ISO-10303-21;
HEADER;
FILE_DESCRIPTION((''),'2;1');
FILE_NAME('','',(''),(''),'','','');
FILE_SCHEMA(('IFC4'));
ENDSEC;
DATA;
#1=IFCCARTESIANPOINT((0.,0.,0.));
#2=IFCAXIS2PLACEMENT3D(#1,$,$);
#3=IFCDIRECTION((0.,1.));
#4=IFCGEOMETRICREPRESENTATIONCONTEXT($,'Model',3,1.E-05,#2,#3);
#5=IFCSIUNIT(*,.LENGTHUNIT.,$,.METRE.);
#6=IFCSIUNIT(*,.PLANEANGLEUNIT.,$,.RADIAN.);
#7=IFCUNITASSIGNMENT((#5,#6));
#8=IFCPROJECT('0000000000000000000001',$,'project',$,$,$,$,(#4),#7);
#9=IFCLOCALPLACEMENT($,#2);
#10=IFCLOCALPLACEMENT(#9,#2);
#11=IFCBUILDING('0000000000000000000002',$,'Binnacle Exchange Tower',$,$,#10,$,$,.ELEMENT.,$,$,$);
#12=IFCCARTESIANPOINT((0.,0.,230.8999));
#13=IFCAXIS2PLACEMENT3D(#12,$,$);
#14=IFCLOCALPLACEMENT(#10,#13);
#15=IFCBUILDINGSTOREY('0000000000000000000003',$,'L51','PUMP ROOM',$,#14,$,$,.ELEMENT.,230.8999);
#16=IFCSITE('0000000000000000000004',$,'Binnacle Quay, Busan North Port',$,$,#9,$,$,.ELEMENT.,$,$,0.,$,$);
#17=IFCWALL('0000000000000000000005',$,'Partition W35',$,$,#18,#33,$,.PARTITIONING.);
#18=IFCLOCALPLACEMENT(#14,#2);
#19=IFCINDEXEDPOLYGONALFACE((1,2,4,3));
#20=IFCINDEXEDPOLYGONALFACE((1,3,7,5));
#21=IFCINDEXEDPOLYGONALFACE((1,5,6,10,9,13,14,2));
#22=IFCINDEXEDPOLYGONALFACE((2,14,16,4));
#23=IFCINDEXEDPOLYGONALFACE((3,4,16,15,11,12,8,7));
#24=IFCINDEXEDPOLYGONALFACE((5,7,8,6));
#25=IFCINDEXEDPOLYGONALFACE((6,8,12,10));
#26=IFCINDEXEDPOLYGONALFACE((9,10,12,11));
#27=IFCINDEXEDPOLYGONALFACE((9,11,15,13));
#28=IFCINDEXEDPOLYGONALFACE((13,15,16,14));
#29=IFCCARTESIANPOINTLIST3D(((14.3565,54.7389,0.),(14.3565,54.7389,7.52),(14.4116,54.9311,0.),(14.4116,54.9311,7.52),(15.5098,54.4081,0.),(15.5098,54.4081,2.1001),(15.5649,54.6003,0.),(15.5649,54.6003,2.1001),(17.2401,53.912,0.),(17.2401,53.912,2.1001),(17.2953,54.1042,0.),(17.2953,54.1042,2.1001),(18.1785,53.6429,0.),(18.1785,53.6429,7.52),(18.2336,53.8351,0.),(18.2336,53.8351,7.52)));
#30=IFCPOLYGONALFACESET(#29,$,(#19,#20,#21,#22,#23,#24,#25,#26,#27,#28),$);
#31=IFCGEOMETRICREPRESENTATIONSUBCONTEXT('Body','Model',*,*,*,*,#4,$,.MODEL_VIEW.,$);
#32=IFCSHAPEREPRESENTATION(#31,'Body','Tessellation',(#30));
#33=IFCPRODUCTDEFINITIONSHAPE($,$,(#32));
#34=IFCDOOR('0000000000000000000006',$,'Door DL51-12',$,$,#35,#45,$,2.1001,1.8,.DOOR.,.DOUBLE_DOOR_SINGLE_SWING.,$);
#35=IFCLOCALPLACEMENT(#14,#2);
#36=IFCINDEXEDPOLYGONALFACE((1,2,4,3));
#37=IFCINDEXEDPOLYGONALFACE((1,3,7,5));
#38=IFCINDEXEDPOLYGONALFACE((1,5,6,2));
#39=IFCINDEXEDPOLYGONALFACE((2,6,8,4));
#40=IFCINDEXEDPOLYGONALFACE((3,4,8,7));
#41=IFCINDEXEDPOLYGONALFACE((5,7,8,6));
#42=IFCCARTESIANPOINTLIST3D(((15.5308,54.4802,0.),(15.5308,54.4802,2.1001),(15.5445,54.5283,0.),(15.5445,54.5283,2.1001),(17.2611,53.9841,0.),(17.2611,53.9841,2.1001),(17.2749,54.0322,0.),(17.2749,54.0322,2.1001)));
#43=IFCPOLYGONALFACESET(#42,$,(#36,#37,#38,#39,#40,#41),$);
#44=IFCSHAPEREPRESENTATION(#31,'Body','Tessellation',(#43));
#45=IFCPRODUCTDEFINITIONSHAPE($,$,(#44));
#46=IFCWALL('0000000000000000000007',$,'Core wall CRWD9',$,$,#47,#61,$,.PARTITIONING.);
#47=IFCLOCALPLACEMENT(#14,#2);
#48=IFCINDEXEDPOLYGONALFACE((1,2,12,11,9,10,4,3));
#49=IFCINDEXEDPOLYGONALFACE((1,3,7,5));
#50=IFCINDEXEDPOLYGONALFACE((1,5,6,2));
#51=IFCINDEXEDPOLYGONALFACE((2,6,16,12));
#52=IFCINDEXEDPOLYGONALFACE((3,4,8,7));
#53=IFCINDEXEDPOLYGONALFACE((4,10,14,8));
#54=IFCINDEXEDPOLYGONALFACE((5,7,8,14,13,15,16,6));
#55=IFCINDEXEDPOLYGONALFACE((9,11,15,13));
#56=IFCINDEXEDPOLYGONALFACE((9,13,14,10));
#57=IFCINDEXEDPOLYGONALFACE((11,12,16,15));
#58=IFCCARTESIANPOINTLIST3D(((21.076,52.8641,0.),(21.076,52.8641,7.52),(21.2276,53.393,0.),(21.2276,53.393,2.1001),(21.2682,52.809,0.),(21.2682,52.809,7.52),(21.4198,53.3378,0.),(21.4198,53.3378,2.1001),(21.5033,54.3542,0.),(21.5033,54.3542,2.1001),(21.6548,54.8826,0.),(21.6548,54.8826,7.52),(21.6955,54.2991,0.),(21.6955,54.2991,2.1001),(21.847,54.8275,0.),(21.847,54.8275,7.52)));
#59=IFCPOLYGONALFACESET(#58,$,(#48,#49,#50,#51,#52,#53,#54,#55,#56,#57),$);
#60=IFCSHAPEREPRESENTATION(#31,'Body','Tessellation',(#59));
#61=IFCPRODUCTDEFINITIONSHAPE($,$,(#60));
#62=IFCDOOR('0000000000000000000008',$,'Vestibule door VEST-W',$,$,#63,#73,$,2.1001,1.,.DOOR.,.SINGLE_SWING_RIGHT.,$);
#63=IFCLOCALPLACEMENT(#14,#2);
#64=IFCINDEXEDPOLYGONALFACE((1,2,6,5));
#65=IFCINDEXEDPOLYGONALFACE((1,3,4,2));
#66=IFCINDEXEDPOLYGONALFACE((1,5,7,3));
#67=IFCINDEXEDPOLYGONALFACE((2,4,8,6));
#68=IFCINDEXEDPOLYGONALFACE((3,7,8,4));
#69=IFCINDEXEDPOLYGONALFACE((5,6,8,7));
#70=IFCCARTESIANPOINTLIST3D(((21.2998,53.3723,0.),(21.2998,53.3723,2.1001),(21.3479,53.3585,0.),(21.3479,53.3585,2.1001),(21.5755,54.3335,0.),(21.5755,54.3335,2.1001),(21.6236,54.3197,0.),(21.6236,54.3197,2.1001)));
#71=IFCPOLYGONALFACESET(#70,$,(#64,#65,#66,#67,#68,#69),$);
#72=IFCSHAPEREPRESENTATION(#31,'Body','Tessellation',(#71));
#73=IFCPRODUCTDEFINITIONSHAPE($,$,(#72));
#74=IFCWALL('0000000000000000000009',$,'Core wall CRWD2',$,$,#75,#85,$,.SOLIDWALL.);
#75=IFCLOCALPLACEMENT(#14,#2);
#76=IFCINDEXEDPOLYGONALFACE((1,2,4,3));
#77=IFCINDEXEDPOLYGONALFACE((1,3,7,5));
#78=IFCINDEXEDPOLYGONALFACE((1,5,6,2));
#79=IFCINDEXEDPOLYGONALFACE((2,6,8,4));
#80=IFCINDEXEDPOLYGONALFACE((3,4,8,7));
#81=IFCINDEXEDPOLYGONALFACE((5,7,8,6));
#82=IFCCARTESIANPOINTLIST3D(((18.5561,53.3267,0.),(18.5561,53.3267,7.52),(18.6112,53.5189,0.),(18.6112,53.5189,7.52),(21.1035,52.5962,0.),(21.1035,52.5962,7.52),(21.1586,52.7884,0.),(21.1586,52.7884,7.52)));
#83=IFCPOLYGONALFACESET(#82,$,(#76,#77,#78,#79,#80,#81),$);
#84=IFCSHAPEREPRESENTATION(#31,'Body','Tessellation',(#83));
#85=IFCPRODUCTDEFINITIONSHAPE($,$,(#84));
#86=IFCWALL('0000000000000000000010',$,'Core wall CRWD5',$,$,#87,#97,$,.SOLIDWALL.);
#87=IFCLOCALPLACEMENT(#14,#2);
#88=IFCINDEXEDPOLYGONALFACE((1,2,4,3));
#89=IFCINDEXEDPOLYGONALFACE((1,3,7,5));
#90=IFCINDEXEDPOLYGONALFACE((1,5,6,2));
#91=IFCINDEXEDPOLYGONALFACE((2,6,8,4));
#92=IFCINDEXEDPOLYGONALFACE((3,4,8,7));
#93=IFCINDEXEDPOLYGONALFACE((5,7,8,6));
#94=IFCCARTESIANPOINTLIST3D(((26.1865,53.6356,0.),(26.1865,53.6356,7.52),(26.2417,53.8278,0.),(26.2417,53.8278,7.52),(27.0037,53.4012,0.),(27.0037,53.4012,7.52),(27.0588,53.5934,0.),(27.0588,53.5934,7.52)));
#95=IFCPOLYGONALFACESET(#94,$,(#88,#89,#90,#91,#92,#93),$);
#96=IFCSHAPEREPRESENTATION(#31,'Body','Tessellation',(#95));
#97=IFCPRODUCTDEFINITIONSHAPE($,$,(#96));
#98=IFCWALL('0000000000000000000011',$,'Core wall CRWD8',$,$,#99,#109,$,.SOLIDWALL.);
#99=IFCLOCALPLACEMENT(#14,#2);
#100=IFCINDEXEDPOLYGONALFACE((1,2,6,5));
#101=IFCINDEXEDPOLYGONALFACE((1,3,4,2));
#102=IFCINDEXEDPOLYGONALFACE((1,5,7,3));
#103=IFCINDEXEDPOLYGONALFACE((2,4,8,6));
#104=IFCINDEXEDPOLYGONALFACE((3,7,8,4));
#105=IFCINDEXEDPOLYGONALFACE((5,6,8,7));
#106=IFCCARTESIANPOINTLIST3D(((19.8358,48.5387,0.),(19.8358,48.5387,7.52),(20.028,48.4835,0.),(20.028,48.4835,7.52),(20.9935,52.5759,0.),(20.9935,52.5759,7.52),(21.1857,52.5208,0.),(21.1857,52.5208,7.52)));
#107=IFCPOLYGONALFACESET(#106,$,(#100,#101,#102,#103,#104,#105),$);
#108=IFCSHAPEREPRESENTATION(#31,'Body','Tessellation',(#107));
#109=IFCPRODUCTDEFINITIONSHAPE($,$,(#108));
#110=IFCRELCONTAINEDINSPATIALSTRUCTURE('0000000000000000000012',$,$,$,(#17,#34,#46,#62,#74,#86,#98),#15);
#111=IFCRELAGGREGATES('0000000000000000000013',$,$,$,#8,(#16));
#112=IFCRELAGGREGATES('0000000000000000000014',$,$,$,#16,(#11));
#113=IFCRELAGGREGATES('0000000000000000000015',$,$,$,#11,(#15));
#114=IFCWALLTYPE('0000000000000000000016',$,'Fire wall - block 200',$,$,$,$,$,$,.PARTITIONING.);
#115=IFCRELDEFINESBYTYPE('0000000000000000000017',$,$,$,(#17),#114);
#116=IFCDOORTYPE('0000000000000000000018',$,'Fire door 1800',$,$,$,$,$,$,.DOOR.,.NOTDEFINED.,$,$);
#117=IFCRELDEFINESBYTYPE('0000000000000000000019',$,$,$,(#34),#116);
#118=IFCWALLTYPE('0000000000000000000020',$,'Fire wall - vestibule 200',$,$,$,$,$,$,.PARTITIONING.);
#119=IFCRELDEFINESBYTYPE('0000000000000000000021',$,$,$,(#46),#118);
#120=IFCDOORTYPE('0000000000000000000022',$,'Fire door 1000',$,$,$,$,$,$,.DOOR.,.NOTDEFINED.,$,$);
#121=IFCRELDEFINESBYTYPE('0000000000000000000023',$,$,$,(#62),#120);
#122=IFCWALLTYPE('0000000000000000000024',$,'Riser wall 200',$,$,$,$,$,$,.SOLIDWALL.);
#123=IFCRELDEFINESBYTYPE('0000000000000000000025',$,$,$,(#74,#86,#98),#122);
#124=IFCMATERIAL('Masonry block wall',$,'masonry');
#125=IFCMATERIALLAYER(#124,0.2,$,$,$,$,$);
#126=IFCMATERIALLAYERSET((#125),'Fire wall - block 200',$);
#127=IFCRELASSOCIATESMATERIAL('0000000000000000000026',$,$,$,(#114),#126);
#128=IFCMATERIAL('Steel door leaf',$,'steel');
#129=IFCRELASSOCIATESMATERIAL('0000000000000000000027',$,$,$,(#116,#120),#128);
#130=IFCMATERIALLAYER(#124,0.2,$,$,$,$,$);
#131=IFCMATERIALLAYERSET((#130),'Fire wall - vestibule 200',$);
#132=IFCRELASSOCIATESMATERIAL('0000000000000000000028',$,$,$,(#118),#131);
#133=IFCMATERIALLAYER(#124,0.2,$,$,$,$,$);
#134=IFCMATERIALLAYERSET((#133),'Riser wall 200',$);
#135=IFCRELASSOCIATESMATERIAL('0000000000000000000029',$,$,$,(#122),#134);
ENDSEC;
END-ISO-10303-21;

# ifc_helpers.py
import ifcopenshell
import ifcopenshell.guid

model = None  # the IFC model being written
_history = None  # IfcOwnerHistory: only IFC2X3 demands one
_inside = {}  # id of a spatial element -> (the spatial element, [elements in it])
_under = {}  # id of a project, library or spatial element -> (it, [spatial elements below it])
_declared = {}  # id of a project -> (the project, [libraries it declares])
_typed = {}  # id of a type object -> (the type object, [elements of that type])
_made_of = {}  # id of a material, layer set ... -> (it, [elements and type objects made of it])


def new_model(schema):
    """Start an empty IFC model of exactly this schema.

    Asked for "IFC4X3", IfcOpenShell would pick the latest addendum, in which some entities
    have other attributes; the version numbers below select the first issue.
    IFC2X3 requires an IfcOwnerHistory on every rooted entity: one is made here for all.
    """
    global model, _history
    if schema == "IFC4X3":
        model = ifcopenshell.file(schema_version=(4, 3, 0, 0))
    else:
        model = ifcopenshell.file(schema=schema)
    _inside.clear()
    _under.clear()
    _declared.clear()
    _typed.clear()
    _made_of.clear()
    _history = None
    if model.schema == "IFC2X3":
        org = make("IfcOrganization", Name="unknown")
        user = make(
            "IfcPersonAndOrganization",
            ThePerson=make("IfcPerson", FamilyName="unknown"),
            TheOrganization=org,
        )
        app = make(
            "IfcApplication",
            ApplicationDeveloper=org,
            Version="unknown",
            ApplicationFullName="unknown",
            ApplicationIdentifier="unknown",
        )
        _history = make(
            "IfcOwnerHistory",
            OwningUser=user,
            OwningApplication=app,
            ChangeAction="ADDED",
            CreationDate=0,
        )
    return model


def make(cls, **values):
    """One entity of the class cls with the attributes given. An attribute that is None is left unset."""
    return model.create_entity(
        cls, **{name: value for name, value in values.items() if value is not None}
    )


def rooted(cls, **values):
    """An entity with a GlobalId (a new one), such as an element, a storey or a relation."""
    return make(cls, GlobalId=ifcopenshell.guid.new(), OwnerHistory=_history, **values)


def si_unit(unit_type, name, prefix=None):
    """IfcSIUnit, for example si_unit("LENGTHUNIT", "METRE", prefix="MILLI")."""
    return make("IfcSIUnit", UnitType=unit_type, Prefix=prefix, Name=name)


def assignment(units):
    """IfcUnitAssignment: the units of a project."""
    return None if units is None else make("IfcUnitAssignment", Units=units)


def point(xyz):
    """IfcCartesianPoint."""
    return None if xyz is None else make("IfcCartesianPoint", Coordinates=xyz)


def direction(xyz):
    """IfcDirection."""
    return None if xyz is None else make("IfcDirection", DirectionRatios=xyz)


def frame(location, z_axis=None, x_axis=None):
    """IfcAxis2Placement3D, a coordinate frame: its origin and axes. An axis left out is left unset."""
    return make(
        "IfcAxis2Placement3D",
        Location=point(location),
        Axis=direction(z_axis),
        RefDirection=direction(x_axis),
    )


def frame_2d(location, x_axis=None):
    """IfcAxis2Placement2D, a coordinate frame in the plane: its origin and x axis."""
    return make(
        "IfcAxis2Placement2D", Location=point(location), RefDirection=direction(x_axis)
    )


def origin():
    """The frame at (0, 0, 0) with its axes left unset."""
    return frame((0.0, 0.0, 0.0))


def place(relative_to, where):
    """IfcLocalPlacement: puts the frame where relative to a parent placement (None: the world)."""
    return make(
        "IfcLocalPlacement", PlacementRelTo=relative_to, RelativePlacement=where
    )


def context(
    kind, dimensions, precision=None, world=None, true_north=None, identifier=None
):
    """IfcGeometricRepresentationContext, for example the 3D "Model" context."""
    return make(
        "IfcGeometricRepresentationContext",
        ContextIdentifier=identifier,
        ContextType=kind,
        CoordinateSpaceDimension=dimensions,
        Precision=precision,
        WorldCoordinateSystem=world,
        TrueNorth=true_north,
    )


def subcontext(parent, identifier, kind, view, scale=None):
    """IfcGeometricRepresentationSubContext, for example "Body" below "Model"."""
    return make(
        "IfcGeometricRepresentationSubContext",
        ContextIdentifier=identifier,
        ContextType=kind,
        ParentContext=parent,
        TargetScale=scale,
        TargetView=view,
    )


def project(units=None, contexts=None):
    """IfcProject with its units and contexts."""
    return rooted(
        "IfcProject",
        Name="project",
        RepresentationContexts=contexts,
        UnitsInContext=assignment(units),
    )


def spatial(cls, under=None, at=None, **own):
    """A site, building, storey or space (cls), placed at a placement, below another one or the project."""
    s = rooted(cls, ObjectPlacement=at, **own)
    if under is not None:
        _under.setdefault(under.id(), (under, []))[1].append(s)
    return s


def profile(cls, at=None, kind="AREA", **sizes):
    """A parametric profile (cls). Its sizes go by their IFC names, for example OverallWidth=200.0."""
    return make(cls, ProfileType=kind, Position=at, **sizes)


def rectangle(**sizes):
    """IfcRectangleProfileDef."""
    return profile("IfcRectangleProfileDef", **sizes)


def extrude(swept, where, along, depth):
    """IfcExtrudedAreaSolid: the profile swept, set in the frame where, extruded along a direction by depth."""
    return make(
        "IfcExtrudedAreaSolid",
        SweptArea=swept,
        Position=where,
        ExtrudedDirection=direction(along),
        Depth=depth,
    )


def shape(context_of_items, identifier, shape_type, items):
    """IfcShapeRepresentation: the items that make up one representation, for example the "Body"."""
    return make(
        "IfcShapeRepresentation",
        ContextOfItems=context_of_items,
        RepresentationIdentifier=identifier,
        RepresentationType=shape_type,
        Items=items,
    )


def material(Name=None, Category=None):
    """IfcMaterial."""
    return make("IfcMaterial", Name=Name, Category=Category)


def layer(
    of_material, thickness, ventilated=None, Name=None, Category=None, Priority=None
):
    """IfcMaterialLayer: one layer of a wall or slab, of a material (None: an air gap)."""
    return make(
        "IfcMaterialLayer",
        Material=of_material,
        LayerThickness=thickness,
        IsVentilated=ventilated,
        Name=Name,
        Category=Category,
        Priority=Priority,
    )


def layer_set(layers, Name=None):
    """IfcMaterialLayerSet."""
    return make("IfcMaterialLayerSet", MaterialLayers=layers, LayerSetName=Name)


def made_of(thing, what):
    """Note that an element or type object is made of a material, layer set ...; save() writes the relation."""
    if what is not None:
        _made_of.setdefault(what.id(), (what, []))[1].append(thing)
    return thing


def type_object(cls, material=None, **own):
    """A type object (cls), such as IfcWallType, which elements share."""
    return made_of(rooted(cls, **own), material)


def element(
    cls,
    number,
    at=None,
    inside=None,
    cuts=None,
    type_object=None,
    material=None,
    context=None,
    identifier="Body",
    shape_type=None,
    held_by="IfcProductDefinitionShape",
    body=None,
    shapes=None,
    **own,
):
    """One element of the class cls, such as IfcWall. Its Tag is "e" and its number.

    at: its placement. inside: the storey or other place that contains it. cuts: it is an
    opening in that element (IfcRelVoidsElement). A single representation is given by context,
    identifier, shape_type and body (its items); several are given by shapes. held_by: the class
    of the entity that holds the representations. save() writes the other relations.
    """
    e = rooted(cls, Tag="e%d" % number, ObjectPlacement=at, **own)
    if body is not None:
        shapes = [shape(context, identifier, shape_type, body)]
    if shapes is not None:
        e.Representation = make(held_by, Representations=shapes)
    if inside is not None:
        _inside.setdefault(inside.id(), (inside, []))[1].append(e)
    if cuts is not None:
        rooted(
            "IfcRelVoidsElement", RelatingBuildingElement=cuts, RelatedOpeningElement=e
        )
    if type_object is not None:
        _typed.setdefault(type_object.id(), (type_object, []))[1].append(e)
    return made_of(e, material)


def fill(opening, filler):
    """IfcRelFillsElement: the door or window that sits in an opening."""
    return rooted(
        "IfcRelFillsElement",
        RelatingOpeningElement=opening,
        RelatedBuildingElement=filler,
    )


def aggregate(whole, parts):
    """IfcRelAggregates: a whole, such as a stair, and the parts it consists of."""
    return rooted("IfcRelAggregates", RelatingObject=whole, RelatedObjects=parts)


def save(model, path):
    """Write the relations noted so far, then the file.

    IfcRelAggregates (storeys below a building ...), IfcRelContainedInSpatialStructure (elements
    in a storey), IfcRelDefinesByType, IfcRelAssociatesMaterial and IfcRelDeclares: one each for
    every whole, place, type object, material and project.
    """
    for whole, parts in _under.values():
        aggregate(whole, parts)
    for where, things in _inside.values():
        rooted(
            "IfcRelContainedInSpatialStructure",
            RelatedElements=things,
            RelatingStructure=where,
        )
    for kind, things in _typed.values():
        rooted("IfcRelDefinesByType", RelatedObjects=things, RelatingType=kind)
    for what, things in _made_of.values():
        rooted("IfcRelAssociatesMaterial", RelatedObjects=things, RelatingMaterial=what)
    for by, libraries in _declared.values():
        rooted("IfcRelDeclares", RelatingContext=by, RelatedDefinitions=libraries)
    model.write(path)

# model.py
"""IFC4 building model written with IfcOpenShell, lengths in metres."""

from ifc_helpers import new_model, si_unit, direction, frame, frame_2d, origin, place, context, subcontext, project, spatial, rectangle, extrude, material, layer, layer_set, type_object, element, fill, save


model = new_model("IFC4")

# Units and contexts
model_context = context("Model", 3, precision=1e-05, world=origin(), true_north=direction((0.0, 1.0)))
body_context = subcontext(model_context, "Body", "Model", "MODEL_VIEW")
ifc_project = project(units=[si_unit("LENGTHUNIT", "METRE"), si_unit("PLANEANGLEUNIT", "RADIAN")], contexts=[model_context])

# Site, building, storey
site_placement = place(None, origin())
site = spatial("IfcSite", under=ifc_project, at=site_placement, Name="Binnacle Quay, Busan North Port", CompositionType="ELEMENT", RefElevation=0.0)
building_placement = place(site_placement, origin())
building = spatial("IfcBuilding", under=site, at=building_placement, Name="Binnacle Exchange Tower", CompositionType="ELEMENT")
storey_placement = place(building_placement, frame((0.0, 0.0, 230.8999)))
storey = spatial("IfcBuildingStorey", under=building, at=storey_placement, Name="L51", Description="PUMP ROOM", CompositionType="ELEMENT", Elevation=230.8999)

# Shared definitions
ifc_material_1 = material(Name="Steel door leaf", Category="steel")

# Walls, openings, doors
ifc_material_2 = material(Name="Masonry block wall", Category="masonry")
ifc_layer_1 = layer(ifc_material_2, 0.2)
ifc_layer_set_1 = layer_set([ifc_layer_1], Name="Fire wall - block 200")
wall_type_1 = type_object("IfcWallType", Name="Fire wall - block 200", PredefinedType="PARTITIONING", material=ifc_layer_set_1)
wall_1_placement = place(storey_placement, frame((14.384, 54.835, 0.0), z_axis=(0.0, 0.0, 1.0), x_axis=(0.961262, -0.275637, 0.0)))
wall_1 = element("IfcWall", 1, at=wall_1_placement, inside=storey, type_object=wall_type_1, Name="Partition W35", PredefinedType="PARTITIONING", context=body_context, shape_type="SweptSolid", body=[
    extrude(rectangle(XDim=3.9761, YDim=0.2, at=frame_2d((1.988, 0.0))), origin(), (0.0, 0.0, 1.0), 7.52),
])
opening_1_placement = place(wall_1_placement, frame((1.2, 0.0, 0.0)))
opening_1 = element("IfcOpeningElement", 2, at=opening_1_placement, cuts=wall_1, PredefinedType="OPENING", context=body_context, shape_type="SweptSolid", body=[
    extrude(rectangle(XDim=1.8, YDim=2.1001, at=frame_2d((0.8999, 1.05))), frame((0.0, 0.1099, 0.0), z_axis=(0.0, -1.0, 0.0), x_axis=(1.0, 0.0, 0.0)), (0.0, 0.0, 1.0), 0.22),
])
door_type_1 = type_object("IfcDoorType", Name="Fire door 1800", OperationType="NOTDEFINED", PredefinedType="DOOR", material=ifc_material_1)
door_1_placement = place(opening_1_placement, frame((1.8, 0.0, 0.0), z_axis=(0.0, 0.0, 1.0), x_axis=(-1.0, 0.0, 0.0)))
door_1 = element("IfcDoor", 3, at=door_1_placement, inside=storey, type_object=door_type_1, Name="Door DL51-12", OperationType="DOUBLE_DOOR_SINGLE_SWING", OverallHeight=2.1001, OverallWidth=1.8, PredefinedType="DOOR", context=body_context, shape_type="SweptSolid", body=[
    extrude(rectangle(XDim=1.8, YDim=2.1001, at=frame_2d((0.8999, 1.05))), frame((0.0, 0.0249, 0.0), z_axis=(0.0, -1.0, 0.0), x_axis=(1.0, 0.0, 0.0)), (0.0, 0.0, 1.0), 0.05),
])
fill(opening_1, door_1)
ifc_layer_2 = layer(ifc_material_2, 0.2)
ifc_layer_set_2 = layer_set([ifc_layer_2], Name="Fire wall - vestibule 200")
wall_type_2 = type_object("IfcWallType", Name="Fire wall - vestibule 200", PredefinedType="PARTITIONING", material=ifc_layer_set_2)
wall_2_placement = place(storey_placement, frame((21.1721, 52.8367, 0.0), z_axis=(0.0, 0.0, 1.0), x_axis=(0.275658, 0.961256, 0.0)))
wall_2 = element("IfcWall", 4, at=wall_2_placement, inside=storey, type_object=wall_type_2, Name="Core wall CRWD9", PredefinedType="PARTITIONING", context=body_context, shape_type="SweptSolid", body=[
    extrude(rectangle(XDim=2.0999, YDim=0.2, at=frame_2d((1.0498, 0.0))), origin(), (0.0, 0.0, 1.0), 7.52),
])
opening_2_placement = place(wall_2_placement, frame((0.55, 0.0, 0.0)))
opening_2 = element("IfcOpeningElement", 5, at=opening_2_placement, cuts=wall_2, PredefinedType="OPENING", context=body_context, shape_type="SweptSolid", body=[
    extrude(rectangle(XDim=1.0, YDim=2.1001, at=frame_2d((0.5, 1.05))), frame((0.0, 0.1099, 0.0), z_axis=(0.0, -1.0, 0.0), x_axis=(1.0, 0.0, 0.0)), (0.0, 0.0, 1.0), 0.22),
])
door_type_2 = type_object("IfcDoorType", Name="Fire door 1000", OperationType="NOTDEFINED", PredefinedType="DOOR", material=ifc_material_1)
door_2_placement = place(opening_2_placement, origin())
door_2 = element("IfcDoor", 6, at=door_2_placement, inside=storey, type_object=door_type_2, Name="Vestibule door VEST-W", OperationType="SINGLE_SWING_RIGHT", OverallHeight=2.1001, OverallWidth=1.0, PredefinedType="DOOR", context=body_context, shape_type="SweptSolid", body=[
    extrude(rectangle(XDim=1.0, YDim=2.1001, at=frame_2d((0.5, 1.05))), frame((0.0, 0.0249, 0.0), z_axis=(0.0, -1.0, 0.0), x_axis=(1.0, 0.0, 0.0)), (0.0, 0.0, 1.0), 0.05),
])
fill(opening_2, door_2)

# Walls
ifc_layer_3 = layer(ifc_material_2, 0.2)
ifc_layer_set_3 = layer_set([ifc_layer_3], Name="Riser wall 200")
wall_type_3 = type_object("IfcWallType", Name="Riser wall 200", PredefinedType="SOLIDWALL", material=ifc_layer_set_3)
wall_3_placement = place(storey_placement, frame((18.5835, 53.4229, 0.0), z_axis=(0.0, 0.0, 1.0), x_axis=(0.961259, -0.275646, 0.0)))
element("IfcWall", 7, at=wall_3_placement, inside=storey, type_object=wall_type_3, Name="Core wall CRWD2", PredefinedType="SOLIDWALL", context=body_context, shape_type="SweptSolid", body=[
    extrude(rectangle(XDim=2.6501, YDim=0.2, at=frame_2d((1.3252, 0.0))), origin(), (0.0, 0.0, 1.0), 7.52),
])
wall_4_placement = place(storey_placement, frame((26.2141, 53.7317, 0.0), z_axis=(0.0, 0.0, 1.0), x_axis=(0.961242, -0.275707, 0.0)))
element("IfcWall", 8, at=wall_4_placement, inside=storey, type_object=wall_type_3, Name="Core wall CRWD5", PredefinedType="SOLIDWALL", context=body_context, shape_type="SweptSolid", body=[
    extrude(rectangle(XDim=0.8501, YDim=0.2, at=frame_2d((0.425, 0.0))), origin(), (0.0, 0.0, 1.0), 7.52),
])
wall_5_placement = place(storey_placement, frame((19.9319, 48.511, 0.0), z_axis=(0.0, 0.0, 1.0), x_axis=(0.275642, 0.96126, 0.0)))
element("IfcWall", 9, at=wall_5_placement, inside=storey, type_object=wall_type_3, Name="Core wall CRWD8", PredefinedType="SOLIDWALL", context=body_context, shape_type="SweptSolid", body=[
    extrude(rectangle(XDim=4.2, YDim=0.2, at=frame_2d((2.1001, 0.0))), origin(), (0.0, 0.0, 1.0), 7.52),
])

save(model, "model.ifc")
